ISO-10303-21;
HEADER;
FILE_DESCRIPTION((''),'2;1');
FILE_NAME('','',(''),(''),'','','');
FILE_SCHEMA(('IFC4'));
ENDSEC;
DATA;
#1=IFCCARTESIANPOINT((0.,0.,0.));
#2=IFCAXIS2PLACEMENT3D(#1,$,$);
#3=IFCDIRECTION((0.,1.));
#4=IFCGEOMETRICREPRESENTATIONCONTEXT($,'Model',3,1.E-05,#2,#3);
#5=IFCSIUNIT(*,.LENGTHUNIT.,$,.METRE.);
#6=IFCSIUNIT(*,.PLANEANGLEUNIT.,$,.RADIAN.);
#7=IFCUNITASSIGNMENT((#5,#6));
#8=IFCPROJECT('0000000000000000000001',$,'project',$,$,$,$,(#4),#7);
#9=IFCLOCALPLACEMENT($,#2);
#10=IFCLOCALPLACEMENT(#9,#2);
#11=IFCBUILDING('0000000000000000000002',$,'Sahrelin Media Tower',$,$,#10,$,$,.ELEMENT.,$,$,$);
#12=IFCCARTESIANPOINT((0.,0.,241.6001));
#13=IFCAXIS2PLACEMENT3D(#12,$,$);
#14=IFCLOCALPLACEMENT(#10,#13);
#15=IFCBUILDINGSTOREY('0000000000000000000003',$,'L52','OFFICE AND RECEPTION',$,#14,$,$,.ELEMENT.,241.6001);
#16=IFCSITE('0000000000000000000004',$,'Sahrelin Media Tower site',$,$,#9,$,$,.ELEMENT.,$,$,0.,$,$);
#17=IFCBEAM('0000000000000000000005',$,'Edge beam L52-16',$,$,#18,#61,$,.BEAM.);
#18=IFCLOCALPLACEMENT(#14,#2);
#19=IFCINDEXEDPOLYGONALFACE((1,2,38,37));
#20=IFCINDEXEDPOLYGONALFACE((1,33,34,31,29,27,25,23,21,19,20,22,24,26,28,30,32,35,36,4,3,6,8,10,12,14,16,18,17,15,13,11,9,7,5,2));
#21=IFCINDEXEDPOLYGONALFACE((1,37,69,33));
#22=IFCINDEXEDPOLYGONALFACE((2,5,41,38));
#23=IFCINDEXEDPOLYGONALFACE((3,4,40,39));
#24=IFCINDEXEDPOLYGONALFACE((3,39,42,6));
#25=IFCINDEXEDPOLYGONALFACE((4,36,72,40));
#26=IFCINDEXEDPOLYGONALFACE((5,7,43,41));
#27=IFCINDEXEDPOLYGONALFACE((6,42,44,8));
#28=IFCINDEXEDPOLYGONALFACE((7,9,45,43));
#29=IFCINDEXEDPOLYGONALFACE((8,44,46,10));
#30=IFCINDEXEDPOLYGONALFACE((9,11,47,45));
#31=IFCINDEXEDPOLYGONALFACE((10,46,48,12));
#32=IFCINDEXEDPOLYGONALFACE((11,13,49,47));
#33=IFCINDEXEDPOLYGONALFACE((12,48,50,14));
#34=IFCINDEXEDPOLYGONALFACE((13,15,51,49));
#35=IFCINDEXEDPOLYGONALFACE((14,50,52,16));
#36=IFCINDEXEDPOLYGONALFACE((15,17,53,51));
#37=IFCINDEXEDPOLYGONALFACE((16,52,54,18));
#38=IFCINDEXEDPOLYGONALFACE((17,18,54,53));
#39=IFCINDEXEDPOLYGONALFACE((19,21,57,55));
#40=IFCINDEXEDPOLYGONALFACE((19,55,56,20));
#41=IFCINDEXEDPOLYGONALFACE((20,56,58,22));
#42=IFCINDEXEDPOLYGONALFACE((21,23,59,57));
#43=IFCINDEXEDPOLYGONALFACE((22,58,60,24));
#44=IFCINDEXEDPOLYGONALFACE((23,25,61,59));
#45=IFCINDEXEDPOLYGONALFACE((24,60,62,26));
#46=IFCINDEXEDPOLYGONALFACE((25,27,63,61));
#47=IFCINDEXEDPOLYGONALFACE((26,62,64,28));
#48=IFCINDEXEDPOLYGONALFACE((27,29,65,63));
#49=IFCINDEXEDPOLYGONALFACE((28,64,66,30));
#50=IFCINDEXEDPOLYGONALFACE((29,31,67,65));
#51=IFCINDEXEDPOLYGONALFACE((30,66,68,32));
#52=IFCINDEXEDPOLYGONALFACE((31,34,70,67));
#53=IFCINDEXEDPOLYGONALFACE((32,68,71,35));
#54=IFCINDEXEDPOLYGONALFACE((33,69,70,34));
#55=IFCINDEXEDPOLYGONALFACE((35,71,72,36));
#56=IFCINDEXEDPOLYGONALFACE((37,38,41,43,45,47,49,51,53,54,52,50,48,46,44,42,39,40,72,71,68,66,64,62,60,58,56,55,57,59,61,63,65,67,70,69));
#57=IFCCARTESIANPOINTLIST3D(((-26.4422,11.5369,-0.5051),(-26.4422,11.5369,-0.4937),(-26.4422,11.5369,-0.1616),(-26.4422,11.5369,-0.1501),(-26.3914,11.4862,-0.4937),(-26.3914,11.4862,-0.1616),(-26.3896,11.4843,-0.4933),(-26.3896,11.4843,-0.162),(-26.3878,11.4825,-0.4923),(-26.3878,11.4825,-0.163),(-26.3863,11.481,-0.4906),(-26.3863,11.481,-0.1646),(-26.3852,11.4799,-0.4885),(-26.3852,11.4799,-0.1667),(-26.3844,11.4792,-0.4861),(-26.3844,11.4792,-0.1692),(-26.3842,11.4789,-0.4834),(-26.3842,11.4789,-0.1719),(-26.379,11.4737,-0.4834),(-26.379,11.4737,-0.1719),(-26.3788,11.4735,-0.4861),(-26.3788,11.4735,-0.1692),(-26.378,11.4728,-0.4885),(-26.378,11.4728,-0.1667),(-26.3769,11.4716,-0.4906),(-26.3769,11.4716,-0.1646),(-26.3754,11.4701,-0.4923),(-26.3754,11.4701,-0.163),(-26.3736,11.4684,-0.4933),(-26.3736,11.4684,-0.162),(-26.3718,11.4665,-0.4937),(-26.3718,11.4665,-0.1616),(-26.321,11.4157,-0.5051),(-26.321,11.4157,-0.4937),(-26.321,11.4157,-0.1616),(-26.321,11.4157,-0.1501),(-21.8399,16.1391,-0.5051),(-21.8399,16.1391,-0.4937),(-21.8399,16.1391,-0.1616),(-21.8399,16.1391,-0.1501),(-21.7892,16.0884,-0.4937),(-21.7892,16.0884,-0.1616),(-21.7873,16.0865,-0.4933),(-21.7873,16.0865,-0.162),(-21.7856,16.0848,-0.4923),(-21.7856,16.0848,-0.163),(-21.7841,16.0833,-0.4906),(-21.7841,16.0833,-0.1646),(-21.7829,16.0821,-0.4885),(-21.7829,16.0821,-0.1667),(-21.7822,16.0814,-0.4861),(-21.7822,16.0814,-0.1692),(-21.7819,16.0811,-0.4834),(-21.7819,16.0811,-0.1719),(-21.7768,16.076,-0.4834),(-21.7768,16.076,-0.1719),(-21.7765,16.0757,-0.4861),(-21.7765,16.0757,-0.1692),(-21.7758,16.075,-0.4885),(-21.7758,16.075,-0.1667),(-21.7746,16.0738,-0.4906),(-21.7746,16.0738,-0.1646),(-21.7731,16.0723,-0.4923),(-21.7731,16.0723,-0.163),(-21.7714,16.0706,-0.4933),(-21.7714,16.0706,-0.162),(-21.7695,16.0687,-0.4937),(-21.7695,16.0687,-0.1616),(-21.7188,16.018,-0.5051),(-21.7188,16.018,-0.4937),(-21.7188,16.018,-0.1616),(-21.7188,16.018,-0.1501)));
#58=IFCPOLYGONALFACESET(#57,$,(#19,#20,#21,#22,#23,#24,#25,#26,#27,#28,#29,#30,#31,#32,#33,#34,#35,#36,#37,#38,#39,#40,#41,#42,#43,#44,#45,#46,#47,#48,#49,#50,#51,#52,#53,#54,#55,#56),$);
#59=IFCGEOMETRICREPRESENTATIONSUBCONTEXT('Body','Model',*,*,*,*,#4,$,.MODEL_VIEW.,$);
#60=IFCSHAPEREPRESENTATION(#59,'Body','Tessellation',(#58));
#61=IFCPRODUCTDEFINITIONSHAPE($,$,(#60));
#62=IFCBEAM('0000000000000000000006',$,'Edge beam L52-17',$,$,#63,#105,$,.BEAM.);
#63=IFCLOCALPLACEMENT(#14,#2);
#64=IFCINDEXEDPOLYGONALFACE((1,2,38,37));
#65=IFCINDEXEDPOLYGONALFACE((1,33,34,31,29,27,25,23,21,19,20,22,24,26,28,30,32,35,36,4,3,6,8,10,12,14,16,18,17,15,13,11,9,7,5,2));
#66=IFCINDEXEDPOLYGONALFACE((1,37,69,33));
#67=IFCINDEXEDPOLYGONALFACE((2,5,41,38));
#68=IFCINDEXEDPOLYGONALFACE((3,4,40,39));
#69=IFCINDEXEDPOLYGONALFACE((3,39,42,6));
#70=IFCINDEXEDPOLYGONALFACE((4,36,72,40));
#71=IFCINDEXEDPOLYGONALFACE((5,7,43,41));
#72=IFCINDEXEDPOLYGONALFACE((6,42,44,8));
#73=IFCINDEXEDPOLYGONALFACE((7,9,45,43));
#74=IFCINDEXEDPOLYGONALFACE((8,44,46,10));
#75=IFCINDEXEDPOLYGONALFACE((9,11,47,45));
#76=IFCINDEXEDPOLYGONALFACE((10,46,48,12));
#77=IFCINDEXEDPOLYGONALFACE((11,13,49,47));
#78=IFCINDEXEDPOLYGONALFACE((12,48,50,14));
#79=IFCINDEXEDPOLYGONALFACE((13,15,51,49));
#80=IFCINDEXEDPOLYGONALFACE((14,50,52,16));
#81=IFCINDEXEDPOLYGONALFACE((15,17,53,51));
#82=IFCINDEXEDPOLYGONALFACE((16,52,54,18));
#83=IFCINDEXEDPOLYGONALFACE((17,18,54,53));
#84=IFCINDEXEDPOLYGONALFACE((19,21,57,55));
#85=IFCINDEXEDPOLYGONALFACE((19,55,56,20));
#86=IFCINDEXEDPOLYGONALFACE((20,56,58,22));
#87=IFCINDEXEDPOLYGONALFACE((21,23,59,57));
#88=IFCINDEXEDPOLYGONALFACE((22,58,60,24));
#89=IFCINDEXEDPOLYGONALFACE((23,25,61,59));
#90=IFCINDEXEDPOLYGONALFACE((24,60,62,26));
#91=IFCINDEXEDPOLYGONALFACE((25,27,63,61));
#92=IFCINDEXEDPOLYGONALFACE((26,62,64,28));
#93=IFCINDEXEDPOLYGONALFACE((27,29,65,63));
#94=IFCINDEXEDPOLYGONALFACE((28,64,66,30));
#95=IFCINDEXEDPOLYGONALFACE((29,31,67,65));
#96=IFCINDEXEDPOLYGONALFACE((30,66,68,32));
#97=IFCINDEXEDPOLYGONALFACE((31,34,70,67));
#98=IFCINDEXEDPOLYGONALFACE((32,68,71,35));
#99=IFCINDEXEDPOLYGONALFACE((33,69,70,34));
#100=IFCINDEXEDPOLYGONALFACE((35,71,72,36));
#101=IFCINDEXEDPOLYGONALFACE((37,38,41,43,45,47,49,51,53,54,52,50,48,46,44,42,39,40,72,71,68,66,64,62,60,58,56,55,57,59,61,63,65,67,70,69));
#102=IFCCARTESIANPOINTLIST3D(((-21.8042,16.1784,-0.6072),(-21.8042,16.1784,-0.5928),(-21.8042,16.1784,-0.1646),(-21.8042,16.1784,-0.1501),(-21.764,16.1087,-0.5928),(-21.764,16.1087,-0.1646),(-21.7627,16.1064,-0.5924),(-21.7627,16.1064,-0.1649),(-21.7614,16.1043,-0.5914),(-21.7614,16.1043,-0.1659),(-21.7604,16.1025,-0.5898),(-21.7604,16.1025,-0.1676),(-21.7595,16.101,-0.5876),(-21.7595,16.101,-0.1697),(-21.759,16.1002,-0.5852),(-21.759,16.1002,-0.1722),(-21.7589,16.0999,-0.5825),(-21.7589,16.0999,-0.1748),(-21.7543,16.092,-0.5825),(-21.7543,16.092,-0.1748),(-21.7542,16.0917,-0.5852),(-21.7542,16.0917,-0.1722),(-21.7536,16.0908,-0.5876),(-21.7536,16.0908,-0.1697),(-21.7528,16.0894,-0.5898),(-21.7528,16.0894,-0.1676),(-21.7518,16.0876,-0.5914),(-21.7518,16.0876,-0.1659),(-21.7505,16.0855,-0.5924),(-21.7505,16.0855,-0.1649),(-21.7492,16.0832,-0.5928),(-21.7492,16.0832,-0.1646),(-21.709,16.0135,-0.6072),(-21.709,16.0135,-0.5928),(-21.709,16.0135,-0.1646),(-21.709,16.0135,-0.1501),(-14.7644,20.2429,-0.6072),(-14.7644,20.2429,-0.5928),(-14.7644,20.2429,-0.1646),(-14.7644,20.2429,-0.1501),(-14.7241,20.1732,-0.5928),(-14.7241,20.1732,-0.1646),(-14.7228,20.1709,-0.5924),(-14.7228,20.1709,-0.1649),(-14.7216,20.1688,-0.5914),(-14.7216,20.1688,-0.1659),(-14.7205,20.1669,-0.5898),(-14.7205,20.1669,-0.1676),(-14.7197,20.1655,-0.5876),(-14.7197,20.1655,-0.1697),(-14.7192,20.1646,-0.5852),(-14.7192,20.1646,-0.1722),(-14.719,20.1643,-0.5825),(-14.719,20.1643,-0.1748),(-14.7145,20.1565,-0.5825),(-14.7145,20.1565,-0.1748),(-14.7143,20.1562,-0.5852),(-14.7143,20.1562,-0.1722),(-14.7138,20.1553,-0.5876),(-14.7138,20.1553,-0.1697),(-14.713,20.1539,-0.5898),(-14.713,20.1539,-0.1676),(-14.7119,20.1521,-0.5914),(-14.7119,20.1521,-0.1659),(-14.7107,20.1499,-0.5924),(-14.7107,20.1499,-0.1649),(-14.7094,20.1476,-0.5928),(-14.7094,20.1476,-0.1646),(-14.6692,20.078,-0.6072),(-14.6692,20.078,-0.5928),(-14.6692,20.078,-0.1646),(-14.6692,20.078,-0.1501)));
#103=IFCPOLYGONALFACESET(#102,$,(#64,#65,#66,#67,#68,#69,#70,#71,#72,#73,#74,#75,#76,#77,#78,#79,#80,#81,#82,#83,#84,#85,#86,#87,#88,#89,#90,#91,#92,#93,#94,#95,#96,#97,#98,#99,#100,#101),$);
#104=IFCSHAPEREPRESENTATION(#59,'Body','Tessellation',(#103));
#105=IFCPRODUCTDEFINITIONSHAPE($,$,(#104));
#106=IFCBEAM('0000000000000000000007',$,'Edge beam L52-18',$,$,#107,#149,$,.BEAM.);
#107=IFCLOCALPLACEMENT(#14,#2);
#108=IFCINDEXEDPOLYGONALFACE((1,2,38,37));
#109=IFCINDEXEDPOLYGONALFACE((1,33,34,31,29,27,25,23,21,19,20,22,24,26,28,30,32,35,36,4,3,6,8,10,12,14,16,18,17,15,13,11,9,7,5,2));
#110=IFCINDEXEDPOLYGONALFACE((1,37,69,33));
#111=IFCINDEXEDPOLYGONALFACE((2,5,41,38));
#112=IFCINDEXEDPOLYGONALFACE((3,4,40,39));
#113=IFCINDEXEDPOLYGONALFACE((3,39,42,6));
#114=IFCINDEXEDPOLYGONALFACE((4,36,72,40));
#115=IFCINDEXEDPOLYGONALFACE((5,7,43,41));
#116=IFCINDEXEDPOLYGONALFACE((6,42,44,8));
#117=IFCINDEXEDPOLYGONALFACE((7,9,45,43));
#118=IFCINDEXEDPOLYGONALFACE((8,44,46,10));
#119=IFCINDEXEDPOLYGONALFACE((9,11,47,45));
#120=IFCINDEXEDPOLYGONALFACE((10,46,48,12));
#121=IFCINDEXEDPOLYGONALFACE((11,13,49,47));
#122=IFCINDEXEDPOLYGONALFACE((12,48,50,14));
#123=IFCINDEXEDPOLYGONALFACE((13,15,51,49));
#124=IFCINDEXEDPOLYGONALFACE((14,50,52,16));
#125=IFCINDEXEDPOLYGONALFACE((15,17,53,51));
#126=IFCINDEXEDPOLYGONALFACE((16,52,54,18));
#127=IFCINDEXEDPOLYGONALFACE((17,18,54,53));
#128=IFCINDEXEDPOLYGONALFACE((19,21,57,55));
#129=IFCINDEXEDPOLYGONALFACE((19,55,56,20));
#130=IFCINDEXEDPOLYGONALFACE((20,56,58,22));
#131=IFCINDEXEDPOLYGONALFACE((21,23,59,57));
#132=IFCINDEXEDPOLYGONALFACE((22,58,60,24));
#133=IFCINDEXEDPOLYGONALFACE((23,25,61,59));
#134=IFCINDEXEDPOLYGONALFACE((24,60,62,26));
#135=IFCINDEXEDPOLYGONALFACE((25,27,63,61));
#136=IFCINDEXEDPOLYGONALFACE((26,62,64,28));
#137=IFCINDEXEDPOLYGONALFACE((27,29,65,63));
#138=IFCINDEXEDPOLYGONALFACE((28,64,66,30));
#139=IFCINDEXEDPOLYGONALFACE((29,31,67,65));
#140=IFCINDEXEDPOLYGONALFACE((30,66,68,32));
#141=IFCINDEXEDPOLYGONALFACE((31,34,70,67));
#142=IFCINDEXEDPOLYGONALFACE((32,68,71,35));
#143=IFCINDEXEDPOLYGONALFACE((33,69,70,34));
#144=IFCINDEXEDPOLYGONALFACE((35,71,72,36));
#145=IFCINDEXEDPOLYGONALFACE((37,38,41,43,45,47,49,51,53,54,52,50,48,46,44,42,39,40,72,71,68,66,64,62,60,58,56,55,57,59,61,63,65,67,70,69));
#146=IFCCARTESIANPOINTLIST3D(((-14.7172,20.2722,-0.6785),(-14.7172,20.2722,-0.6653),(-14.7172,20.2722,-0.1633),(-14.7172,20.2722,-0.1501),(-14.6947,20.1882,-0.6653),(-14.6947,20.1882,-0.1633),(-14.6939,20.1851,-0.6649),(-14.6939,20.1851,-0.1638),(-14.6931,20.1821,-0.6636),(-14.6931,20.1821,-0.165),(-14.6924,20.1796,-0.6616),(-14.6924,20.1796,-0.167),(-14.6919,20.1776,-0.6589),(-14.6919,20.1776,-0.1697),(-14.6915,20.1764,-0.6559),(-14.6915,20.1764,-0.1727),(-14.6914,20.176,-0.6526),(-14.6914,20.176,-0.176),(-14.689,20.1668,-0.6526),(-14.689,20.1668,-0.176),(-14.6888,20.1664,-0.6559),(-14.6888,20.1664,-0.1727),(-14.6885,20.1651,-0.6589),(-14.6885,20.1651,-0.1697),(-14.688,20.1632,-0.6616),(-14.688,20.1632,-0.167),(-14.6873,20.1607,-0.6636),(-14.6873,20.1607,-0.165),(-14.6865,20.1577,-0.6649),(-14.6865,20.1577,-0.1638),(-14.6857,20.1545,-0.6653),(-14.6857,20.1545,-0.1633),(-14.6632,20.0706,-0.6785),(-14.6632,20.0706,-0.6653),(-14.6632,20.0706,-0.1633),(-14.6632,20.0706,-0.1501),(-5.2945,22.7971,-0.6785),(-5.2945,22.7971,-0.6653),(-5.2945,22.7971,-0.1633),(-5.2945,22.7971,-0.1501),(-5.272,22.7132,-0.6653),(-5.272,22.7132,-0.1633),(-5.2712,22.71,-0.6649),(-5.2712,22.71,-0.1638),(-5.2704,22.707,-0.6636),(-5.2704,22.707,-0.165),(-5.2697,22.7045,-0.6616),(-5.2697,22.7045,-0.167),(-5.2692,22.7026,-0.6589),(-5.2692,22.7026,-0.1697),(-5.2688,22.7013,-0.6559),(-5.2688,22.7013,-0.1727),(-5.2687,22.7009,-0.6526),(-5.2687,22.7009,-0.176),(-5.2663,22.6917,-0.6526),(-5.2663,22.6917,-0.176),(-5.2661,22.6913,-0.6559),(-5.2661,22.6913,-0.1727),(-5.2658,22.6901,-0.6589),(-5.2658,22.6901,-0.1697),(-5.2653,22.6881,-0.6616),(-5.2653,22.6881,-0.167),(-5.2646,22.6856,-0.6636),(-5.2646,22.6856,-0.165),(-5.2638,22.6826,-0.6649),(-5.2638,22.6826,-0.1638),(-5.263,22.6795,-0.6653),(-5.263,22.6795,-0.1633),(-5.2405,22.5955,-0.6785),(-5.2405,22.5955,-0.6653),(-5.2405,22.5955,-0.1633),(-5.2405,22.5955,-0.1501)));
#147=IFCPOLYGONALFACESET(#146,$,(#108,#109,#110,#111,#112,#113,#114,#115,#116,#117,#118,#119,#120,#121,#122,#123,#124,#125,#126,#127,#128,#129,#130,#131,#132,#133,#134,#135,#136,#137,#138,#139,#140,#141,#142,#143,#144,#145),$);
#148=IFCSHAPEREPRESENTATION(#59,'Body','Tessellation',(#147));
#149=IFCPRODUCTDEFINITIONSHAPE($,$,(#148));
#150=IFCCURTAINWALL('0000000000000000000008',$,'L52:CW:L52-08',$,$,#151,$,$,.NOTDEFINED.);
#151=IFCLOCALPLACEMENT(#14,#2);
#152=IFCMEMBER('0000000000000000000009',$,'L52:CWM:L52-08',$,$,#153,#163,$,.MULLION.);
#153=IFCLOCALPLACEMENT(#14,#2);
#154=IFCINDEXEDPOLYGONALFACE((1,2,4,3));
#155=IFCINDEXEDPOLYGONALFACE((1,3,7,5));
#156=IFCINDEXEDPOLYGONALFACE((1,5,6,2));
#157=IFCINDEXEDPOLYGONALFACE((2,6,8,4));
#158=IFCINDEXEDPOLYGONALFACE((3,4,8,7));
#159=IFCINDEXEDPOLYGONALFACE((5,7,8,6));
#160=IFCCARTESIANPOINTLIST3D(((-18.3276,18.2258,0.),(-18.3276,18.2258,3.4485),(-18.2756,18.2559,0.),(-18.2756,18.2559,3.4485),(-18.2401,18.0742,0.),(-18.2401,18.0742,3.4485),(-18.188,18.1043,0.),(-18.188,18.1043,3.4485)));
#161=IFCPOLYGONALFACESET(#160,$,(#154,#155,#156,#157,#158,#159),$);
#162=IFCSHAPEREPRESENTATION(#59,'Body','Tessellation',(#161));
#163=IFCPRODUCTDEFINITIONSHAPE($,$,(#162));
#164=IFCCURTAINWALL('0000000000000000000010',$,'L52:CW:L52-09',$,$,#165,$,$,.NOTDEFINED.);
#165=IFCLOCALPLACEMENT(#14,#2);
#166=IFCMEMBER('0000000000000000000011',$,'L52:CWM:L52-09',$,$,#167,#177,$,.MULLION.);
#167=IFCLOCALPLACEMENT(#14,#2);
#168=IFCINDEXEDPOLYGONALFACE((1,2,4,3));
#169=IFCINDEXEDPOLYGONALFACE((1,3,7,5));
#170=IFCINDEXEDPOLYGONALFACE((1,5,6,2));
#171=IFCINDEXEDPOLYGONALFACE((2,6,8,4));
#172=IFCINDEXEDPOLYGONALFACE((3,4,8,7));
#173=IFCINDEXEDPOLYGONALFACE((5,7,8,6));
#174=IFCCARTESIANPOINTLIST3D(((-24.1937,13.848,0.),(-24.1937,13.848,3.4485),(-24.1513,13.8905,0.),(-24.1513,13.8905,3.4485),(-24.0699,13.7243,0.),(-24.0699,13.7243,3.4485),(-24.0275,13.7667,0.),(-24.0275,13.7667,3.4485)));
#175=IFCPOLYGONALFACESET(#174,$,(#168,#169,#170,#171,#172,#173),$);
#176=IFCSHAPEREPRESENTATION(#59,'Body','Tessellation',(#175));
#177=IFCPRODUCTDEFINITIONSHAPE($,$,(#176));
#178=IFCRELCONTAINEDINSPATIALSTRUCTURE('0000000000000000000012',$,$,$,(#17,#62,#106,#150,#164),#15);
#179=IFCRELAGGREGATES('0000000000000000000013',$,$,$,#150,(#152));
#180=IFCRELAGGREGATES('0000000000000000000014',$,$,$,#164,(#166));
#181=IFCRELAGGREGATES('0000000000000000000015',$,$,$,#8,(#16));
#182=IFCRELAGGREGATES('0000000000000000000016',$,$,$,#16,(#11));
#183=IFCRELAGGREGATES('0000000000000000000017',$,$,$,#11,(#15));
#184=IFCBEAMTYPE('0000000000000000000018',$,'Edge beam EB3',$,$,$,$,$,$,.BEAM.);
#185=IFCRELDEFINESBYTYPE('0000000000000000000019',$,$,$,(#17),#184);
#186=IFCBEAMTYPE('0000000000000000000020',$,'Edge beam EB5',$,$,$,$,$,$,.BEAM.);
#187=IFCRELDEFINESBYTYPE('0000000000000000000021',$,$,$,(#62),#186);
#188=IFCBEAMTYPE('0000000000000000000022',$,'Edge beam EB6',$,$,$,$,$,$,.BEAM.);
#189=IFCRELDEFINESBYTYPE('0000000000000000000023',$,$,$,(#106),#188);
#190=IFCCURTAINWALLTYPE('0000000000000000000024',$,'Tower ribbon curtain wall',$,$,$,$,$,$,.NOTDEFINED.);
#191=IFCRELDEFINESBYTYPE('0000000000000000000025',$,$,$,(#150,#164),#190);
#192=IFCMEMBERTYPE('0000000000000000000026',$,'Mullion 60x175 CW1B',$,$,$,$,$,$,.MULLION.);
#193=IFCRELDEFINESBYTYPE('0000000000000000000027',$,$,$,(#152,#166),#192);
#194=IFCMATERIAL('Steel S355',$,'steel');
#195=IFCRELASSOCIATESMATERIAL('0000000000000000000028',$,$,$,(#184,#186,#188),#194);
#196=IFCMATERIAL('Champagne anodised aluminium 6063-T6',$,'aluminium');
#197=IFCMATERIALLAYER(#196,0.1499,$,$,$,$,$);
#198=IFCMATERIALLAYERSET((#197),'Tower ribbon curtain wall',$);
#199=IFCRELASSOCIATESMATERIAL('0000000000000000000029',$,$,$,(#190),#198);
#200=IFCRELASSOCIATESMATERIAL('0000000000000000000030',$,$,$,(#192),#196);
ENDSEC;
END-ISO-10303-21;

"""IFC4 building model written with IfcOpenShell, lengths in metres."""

from ifc_helpers import new_model, si_unit, direction, frame, origin, origin_2d, place, context, subcontext, project, spatial, rectangle, i_section, extrude, material, layer, layer_set, material_profile, profile_set, type_object, element, aggregate, save


model = new_model("IFC4")

# Units and contexts
model_context = context("Model", 3, precision=1e-05, world=origin(), true_north=direction((0.0, 1.0)))
body_context = subcontext(model_context, "Body", "Model", "MODEL_VIEW")
ifc_project = project(units=[si_unit("LENGTHUNIT", "METRE"), si_unit("PLANEANGLEUNIT", "RADIAN")], contexts=[model_context])

# Site, building, storey
site_placement = place(None, origin())
site = spatial("IfcSite", under=ifc_project, at=site_placement, Name="Sahrelin Media Tower site", CompositionType="ELEMENT", RefElevation=0.0)
building_placement = place(site_placement, origin())
building = spatial("IfcBuilding", under=site, at=building_placement, Name="Sahrelin Media Tower", CompositionType="ELEMENT")
storey_placement = place(building_placement, frame((0.0, 0.0, 241.6001)))
storey = spatial("IfcBuildingStorey", under=building, at=storey_placement, Name="L52", Description="OFFICE AND RECEPTION", CompositionType="ELEMENT", Elevation=241.6001)

# Beams
ifc_material_1 = material(Name="Steel S355", Category="steel")
ifc_material_profile_1 = material_profile(ifc_material_1, i_section(OverallWidth=0.1714, OverallDepth=0.355, WebThickness=0.0073, FlangeThickness=0.0115, FilletRadius=0.0103, at=origin_2d()), Name="UB 356x171x51")
ifc_profile_set_1 = profile_set([ifc_material_profile_1], Name="Steel S355")
beam_type_1 = type_object("IfcBeamType", Name="Edge beam EB3", PredefinedType="BEAM", material=ifc_profile_set_1)
beam_1_placement = place(storey_placement, frame((-26.3816, 11.4763, -0.3276), z_axis=(0.707107, 0.707107, 0.0), x_axis=(-0.707107, 0.707107, 0.0)))
element("IfcBeam", 1, at=beam_1_placement, inside=storey, type_object=beam_type_1, Name="Edge beam L52-16", PredefinedType="BEAM", context=body_context, shape_type="SweptSolid", body=[
    extrude(i_section(OverallWidth=0.1714, OverallDepth=0.355, WebThickness=0.0073, FlangeThickness=0.0115, FilletRadius=0.0103, at=origin_2d()), origin(), (0.0, 0.0, 1.0), 6.5085),
])
ifc_material_profile_2 = material_profile(ifc_material_1, i_section(OverallWidth=0.1904, OverallDepth=0.457, WebThickness=0.009, FlangeThickness=0.0144, FilletRadius=0.0103, at=origin_2d()), Name="UB 457x191x74")
ifc_profile_set_2 = profile_set([ifc_material_profile_2], Name="Steel S355")
beam_type_2 = type_object("IfcBeamType", Name="Edge beam EB5", PredefinedType="BEAM", material=ifc_profile_set_2)
beam_2_placement = place(storey_placement, frame((-21.7566, 16.0959, -0.3787), z_axis=(0.866024, 0.500002, 0.0), x_axis=(-0.500002, 0.866024, 0.0)))
element("IfcBeam", 2, at=beam_2_placement, inside=storey, type_object=beam_type_2, Name="Edge beam L52-17", PredefinedType="BEAM", context=body_context, shape_type="SweptSolid", body=[
    extrude(i_section(OverallWidth=0.1904, OverallDepth=0.457, WebThickness=0.009, FlangeThickness=0.0144, FilletRadius=0.0103, at=origin_2d()), origin(), (0.0, 0.0, 1.0), 8.1289),
])
ifc_material_profile_3 = material_profile(ifc_material_1, i_section(OverallWidth=0.2087, OverallDepth=0.5283, WebThickness=0.0095, FlangeThickness=0.0132, FilletRadius=0.0127, at=origin_2d()), Name="UB 533x210x82")
ifc_profile_set_3 = profile_set([ifc_material_profile_3], Name="Steel S355")
beam_type_3 = type_object("IfcBeamType", Name="Edge beam EB6", PredefinedType="BEAM", material=ifc_profile_set_3)
beam_3_placement = place(storey_placement, frame((-14.6902, 20.1714, -0.4143), z_axis=(0.965923, 0.258831, 0.0), x_axis=(-0.258831, 0.965923, 0.0)))
element("IfcBeam", 3, at=beam_3_placement, inside=storey, type_object=beam_type_3, Name="Edge beam L52-18", PredefinedType="BEAM", context=body_context, shape_type="SweptSolid", body=[
    extrude(i_section(OverallWidth=0.2087, OverallDepth=0.5283, WebThickness=0.0095, FlangeThickness=0.0132, FilletRadius=0.0127, at=origin_2d()), origin(), (0.0, 0.0, 1.0), 9.7551),
])

# Curtain walls, members
ifc_material_2 = material(Name="Champagne anodised aluminium 6063-T6", Category="aluminium")
ifc_layer_1 = layer(ifc_material_2, 0.1499)
ifc_layer_set_1 = layer_set([ifc_layer_1], Name="Tower ribbon curtain wall")
curtain_wall_type = type_object("IfcCurtainWallType", Name="Tower ribbon curtain wall", PredefinedType="NOTDEFINED", material=ifc_layer_set_1)
curtain_wall_1_placement = place(storey_placement, frame((-18.3115, 18.2581, 0.0), z_axis=(0.0, 0.0, 1.0), x_axis=(1.0, 0.0, 0.0)))
curtain_wall_1 = element("IfcCurtainWall", 4, at=curtain_wall_1_placement, inside=storey, type_object=curtain_wall_type, Name="L52:CW:L52-08", PredefinedType="NOTDEFINED")
ifc_material_profile_4 = material_profile(ifc_material_2, rectangle(XDim=0.0601, YDim=0.175, at=origin_2d()), Name="Mullion 60x175")
ifc_profile_set_4 = profile_set([ifc_material_profile_4], Name="Champagne anodised aluminium 6063-T6")
member_type_1 = type_object("IfcMemberType", Name="Mullion 60x175 CW1B", PredefinedType="MULLION", material=ifc_profile_set_4)
member_1_placement = place(storey_placement, frame((-18.2578, 18.165, 0.0), z_axis=(0.0, 0.0, 1.0), x_axis=(-0.866027, -0.499997, 0.0)))
member_1 = element("IfcMember", 5, at=member_1_placement, type_object=member_type_1, Name="L52:CWM:L52-08", PredefinedType="MULLION", context=body_context, shape_type="SweptSolid", body=[
    extrude(rectangle(XDim=0.0601, YDim=0.175, at=origin_2d()), origin(), (0.0, 0.0, 1.0), 3.4485),
])
curtain_wall_2_placement = place(storey_placement, frame((-24.1865, 13.8833, 0.0), z_axis=(0.0, 0.0, 1.0), x_axis=(1.0, 0.0, 0.0)))
curtain_wall_2 = element("IfcCurtainWall", 6, at=curtain_wall_2_placement, inside=storey, type_object=curtain_wall_type, Name="L52:CW:L52-09", PredefinedType="NOTDEFINED")
member_2_placement = place(storey_placement, frame((-24.1106, 13.8074, 0.0), z_axis=(0.0, 0.0, 1.0), x_axis=(-0.707107, -0.707107, 0.0)))
member_2 = element("IfcMember", 7, at=member_2_placement, type_object=member_type_1, Name="L52:CWM:L52-09", PredefinedType="MULLION", context=body_context, shape_type="SweptSolid", body=[
    extrude(rectangle(XDim=0.0601, YDim=0.175, at=origin_2d()), origin(), (0.0, 0.0, 1.0), 3.4485),
])

aggregate(curtain_wall_1, [member_1])
aggregate(curtain_wall_2, [member_2])

save(model, "model.ifc")
